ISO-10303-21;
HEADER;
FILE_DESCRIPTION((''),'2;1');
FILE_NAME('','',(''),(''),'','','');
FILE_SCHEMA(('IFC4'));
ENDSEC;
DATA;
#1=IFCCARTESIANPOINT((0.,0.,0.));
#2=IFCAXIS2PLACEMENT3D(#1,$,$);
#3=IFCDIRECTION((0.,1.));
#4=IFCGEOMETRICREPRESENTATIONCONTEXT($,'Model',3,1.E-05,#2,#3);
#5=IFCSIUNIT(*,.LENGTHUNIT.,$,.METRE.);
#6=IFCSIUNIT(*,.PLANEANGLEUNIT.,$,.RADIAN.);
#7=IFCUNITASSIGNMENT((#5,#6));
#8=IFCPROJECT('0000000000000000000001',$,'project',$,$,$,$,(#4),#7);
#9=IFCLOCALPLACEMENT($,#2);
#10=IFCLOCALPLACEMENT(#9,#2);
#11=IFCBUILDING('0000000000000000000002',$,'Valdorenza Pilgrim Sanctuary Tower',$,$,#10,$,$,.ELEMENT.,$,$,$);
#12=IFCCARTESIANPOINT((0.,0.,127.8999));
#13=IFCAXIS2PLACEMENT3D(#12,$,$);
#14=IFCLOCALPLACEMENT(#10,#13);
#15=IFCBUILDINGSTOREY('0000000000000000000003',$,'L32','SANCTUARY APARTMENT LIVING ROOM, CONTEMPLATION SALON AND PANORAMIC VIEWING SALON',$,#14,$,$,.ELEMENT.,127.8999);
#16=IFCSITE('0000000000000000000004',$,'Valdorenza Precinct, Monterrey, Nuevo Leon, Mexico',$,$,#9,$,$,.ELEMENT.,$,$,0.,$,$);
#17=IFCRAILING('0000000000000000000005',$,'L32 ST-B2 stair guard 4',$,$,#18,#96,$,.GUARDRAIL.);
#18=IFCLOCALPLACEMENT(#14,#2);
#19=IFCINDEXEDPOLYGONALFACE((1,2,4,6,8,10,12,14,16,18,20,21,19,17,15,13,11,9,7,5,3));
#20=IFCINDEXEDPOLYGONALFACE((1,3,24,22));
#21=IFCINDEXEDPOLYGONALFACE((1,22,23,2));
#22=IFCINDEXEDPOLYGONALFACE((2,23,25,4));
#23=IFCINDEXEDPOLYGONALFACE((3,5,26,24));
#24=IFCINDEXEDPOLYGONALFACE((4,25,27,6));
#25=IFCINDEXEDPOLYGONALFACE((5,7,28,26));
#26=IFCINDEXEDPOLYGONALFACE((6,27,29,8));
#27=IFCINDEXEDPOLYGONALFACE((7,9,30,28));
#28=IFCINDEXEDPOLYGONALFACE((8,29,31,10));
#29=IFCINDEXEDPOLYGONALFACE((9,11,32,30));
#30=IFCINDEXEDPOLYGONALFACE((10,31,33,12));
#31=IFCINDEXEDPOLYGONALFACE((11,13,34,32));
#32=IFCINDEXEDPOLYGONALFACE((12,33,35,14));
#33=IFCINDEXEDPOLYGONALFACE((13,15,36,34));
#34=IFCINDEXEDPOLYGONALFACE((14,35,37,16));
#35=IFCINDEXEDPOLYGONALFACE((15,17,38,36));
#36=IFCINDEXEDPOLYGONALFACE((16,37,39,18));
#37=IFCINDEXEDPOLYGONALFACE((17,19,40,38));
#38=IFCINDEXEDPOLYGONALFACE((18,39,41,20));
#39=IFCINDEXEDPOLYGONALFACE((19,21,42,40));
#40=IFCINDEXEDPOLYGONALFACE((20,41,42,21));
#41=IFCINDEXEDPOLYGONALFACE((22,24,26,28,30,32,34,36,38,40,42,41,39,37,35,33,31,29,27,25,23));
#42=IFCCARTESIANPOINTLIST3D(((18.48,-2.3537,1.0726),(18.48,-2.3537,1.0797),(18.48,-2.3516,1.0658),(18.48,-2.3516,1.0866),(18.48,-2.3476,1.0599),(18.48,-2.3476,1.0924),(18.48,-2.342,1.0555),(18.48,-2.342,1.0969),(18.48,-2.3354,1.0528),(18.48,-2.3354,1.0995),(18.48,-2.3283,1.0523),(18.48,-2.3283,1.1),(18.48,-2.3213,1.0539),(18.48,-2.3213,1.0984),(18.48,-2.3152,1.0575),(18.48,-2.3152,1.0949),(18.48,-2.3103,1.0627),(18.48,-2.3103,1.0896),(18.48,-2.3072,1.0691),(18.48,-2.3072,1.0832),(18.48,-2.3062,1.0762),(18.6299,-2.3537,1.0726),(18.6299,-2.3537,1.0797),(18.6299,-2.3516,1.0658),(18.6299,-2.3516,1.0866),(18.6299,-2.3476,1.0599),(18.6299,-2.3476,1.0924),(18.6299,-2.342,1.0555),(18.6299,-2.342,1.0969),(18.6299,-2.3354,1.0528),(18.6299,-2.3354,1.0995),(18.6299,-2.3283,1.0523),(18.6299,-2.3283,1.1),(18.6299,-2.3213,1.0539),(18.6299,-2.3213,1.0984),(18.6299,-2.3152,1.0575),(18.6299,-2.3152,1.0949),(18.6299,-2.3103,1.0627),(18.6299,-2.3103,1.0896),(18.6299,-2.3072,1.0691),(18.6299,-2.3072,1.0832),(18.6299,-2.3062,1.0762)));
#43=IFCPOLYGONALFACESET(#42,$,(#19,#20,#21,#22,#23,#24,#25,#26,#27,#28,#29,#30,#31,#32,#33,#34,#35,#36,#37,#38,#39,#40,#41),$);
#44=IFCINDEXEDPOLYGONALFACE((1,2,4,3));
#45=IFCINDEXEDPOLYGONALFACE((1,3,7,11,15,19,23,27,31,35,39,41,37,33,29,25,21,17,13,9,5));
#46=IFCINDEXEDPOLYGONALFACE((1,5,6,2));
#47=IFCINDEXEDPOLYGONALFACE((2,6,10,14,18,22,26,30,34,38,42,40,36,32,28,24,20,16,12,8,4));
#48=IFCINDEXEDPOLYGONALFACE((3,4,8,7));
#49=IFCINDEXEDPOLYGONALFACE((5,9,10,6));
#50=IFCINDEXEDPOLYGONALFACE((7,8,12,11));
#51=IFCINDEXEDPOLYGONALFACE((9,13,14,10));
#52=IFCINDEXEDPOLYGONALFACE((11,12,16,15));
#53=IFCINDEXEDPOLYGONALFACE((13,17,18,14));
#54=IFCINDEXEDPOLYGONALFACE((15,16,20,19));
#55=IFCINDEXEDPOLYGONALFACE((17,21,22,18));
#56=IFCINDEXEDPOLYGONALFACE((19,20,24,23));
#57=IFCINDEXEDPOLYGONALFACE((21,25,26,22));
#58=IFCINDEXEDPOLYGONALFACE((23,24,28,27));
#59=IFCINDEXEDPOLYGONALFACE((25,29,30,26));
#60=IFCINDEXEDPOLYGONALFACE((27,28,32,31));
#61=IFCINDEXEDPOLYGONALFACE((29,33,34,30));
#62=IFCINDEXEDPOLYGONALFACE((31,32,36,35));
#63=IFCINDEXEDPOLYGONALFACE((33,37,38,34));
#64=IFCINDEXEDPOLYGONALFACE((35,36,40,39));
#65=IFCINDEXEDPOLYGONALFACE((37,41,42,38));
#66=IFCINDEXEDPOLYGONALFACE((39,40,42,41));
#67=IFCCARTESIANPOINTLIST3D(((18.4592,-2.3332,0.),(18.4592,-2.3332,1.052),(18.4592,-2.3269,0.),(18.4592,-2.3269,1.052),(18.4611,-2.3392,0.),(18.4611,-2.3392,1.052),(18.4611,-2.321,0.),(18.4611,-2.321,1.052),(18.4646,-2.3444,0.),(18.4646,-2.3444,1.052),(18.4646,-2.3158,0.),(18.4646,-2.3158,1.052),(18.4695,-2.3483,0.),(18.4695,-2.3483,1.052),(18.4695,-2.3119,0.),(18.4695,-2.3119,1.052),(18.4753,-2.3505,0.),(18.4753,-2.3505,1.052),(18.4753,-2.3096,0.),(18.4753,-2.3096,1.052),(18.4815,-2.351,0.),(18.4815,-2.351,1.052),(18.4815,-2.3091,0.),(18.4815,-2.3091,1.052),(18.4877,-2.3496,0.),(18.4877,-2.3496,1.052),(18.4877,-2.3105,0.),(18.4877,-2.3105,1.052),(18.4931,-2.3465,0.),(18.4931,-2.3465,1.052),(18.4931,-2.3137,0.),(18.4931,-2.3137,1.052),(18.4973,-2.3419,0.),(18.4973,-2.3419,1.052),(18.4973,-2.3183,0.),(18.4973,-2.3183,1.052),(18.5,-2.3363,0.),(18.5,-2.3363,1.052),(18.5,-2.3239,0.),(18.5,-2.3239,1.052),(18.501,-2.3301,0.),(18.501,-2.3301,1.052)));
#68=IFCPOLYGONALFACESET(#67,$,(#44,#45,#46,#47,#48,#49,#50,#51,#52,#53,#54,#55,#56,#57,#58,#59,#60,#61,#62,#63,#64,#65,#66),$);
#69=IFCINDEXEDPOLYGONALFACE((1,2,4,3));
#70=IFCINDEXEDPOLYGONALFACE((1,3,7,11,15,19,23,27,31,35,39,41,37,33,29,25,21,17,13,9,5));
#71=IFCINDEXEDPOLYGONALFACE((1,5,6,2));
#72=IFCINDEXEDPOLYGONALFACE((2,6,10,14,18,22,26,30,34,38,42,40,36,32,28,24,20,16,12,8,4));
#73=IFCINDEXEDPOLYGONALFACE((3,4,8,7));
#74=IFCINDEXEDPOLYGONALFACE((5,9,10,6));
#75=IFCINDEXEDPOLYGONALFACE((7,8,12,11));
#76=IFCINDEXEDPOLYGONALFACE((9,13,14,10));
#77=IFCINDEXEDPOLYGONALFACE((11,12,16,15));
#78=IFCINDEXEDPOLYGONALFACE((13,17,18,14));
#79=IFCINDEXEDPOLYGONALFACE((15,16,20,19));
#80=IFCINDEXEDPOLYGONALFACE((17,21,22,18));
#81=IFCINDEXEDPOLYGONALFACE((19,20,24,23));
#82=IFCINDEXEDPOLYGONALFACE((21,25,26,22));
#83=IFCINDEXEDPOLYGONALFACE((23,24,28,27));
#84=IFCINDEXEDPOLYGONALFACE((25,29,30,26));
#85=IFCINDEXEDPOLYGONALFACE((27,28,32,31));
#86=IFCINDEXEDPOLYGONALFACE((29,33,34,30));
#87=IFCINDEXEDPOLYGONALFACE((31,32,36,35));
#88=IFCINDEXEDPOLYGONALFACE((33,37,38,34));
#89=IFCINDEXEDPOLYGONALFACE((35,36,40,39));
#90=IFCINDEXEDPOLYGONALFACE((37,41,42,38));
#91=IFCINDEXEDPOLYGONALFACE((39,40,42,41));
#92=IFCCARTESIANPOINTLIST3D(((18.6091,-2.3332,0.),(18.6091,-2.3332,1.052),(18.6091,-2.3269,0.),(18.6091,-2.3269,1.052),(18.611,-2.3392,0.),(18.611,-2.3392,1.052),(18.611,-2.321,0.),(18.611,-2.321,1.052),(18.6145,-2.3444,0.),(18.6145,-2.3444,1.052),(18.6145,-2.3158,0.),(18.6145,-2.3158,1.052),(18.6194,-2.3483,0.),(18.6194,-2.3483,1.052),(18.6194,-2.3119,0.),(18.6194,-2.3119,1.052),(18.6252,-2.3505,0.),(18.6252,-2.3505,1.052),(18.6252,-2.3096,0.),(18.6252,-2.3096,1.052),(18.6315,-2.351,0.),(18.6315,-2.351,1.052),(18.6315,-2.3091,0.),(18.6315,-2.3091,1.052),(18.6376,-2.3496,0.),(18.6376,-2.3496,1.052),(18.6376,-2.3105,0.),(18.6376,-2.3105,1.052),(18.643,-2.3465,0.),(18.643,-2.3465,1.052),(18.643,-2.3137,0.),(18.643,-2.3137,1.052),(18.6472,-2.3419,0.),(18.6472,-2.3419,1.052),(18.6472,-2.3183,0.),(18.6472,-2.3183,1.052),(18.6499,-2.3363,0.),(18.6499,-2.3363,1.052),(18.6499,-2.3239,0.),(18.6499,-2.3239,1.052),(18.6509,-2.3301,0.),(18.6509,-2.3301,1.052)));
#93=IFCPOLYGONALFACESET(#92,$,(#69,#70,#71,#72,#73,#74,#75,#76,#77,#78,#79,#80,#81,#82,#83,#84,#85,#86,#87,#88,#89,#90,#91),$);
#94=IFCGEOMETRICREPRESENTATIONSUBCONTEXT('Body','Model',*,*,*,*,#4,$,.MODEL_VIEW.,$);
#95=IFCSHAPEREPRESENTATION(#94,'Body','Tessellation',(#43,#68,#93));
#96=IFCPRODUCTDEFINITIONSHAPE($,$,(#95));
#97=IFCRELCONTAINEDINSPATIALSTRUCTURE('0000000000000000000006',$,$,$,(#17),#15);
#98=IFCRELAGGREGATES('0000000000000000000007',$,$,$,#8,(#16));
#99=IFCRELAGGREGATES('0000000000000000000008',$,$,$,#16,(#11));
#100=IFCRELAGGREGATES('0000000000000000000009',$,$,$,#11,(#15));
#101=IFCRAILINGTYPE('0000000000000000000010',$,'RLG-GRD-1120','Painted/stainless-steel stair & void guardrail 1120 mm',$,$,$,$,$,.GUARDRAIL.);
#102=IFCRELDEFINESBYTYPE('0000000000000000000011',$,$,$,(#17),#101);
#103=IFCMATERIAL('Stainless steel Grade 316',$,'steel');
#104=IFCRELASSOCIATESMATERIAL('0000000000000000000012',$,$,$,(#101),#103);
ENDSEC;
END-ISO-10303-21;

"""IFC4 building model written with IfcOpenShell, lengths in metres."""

from ifc_helpers import new_model, si_unit, direction, frame, origin, origin_2d, place, context, subcontext, project, spatial, circle, extrude, material, type_object, element, save


model = new_model("IFC4")

# Units and contexts
model_context = context("Model", 3, precision=1e-05, world=origin(), true_north=direction((0.0, 1.0)))
body_context = subcontext(model_context, "Body", "Model", "MODEL_VIEW")
ifc_project = project(units=[si_unit("LENGTHUNIT", "METRE"), si_unit("PLANEANGLEUNIT", "RADIAN")], contexts=[model_context])

# Site, building, storey
site_placement = place(None, origin())
site = spatial("IfcSite", under=ifc_project, at=site_placement, Name="Valdorenza Precinct, Monterrey, Nuevo Leon, Mexico", CompositionType="ELEMENT", RefElevation=0.0)
building_placement = place(site_placement, origin())
building = spatial("IfcBuilding", under=site, at=building_placement, Name="Valdorenza Pilgrim Sanctuary Tower", CompositionType="ELEMENT")
storey_placement = place(building_placement, frame((0.0, 0.0, 127.8999)))
storey = spatial("IfcBuildingStorey", under=building, at=storey_placement, Name="L32", Description="SANCTUARY APARTMENT LIVING ROOM, CONTEMPLATION SALON AND PANORAMIC VIEWING SALON", CompositionType="ELEMENT", Elevation=127.8999)

# Railing
ifc_material_1 = material(Name="Stainless steel Grade 316", Category="steel")
railing_type_1 = type_object("IfcRailingType", Name="RLG-GRD-1120", Description="Painted/stainless-steel stair & void guardrail 1120 mm", PredefinedType="GUARDRAIL", material=ifc_material_1)
railing_1_placement = place(storey_placement, frame((18.48, -2.3301, 0.0)))
element("IfcRailing", 1, at=railing_1_placement, inside=storey, type_object=railing_type_1, Name="L32 ST-B2 stair guard 4", PredefinedType="GUARDRAIL", context=body_context, shape_type="SweptSolid", body=[
    extrude(circle(Radius=0.0239, at=origin_2d()), frame((0.0, 0.0, 1.0762), z_axis=(1.0, 0.0, 0.0), x_axis=(0.0, 1.0, 0.0)), (0.0, 0.0, 1.0), 0.1499),
    extrude(circle(Radius=0.021, at=origin_2d()), origin(), (0.0, 0.0, 1.0), 1.052),
    extrude(circle(Radius=0.021, at=origin_2d()), frame((0.1499, 0.0, 0.0)), (0.0, 0.0, 1.0), 1.052),
])

save(model, "model.ifc")
